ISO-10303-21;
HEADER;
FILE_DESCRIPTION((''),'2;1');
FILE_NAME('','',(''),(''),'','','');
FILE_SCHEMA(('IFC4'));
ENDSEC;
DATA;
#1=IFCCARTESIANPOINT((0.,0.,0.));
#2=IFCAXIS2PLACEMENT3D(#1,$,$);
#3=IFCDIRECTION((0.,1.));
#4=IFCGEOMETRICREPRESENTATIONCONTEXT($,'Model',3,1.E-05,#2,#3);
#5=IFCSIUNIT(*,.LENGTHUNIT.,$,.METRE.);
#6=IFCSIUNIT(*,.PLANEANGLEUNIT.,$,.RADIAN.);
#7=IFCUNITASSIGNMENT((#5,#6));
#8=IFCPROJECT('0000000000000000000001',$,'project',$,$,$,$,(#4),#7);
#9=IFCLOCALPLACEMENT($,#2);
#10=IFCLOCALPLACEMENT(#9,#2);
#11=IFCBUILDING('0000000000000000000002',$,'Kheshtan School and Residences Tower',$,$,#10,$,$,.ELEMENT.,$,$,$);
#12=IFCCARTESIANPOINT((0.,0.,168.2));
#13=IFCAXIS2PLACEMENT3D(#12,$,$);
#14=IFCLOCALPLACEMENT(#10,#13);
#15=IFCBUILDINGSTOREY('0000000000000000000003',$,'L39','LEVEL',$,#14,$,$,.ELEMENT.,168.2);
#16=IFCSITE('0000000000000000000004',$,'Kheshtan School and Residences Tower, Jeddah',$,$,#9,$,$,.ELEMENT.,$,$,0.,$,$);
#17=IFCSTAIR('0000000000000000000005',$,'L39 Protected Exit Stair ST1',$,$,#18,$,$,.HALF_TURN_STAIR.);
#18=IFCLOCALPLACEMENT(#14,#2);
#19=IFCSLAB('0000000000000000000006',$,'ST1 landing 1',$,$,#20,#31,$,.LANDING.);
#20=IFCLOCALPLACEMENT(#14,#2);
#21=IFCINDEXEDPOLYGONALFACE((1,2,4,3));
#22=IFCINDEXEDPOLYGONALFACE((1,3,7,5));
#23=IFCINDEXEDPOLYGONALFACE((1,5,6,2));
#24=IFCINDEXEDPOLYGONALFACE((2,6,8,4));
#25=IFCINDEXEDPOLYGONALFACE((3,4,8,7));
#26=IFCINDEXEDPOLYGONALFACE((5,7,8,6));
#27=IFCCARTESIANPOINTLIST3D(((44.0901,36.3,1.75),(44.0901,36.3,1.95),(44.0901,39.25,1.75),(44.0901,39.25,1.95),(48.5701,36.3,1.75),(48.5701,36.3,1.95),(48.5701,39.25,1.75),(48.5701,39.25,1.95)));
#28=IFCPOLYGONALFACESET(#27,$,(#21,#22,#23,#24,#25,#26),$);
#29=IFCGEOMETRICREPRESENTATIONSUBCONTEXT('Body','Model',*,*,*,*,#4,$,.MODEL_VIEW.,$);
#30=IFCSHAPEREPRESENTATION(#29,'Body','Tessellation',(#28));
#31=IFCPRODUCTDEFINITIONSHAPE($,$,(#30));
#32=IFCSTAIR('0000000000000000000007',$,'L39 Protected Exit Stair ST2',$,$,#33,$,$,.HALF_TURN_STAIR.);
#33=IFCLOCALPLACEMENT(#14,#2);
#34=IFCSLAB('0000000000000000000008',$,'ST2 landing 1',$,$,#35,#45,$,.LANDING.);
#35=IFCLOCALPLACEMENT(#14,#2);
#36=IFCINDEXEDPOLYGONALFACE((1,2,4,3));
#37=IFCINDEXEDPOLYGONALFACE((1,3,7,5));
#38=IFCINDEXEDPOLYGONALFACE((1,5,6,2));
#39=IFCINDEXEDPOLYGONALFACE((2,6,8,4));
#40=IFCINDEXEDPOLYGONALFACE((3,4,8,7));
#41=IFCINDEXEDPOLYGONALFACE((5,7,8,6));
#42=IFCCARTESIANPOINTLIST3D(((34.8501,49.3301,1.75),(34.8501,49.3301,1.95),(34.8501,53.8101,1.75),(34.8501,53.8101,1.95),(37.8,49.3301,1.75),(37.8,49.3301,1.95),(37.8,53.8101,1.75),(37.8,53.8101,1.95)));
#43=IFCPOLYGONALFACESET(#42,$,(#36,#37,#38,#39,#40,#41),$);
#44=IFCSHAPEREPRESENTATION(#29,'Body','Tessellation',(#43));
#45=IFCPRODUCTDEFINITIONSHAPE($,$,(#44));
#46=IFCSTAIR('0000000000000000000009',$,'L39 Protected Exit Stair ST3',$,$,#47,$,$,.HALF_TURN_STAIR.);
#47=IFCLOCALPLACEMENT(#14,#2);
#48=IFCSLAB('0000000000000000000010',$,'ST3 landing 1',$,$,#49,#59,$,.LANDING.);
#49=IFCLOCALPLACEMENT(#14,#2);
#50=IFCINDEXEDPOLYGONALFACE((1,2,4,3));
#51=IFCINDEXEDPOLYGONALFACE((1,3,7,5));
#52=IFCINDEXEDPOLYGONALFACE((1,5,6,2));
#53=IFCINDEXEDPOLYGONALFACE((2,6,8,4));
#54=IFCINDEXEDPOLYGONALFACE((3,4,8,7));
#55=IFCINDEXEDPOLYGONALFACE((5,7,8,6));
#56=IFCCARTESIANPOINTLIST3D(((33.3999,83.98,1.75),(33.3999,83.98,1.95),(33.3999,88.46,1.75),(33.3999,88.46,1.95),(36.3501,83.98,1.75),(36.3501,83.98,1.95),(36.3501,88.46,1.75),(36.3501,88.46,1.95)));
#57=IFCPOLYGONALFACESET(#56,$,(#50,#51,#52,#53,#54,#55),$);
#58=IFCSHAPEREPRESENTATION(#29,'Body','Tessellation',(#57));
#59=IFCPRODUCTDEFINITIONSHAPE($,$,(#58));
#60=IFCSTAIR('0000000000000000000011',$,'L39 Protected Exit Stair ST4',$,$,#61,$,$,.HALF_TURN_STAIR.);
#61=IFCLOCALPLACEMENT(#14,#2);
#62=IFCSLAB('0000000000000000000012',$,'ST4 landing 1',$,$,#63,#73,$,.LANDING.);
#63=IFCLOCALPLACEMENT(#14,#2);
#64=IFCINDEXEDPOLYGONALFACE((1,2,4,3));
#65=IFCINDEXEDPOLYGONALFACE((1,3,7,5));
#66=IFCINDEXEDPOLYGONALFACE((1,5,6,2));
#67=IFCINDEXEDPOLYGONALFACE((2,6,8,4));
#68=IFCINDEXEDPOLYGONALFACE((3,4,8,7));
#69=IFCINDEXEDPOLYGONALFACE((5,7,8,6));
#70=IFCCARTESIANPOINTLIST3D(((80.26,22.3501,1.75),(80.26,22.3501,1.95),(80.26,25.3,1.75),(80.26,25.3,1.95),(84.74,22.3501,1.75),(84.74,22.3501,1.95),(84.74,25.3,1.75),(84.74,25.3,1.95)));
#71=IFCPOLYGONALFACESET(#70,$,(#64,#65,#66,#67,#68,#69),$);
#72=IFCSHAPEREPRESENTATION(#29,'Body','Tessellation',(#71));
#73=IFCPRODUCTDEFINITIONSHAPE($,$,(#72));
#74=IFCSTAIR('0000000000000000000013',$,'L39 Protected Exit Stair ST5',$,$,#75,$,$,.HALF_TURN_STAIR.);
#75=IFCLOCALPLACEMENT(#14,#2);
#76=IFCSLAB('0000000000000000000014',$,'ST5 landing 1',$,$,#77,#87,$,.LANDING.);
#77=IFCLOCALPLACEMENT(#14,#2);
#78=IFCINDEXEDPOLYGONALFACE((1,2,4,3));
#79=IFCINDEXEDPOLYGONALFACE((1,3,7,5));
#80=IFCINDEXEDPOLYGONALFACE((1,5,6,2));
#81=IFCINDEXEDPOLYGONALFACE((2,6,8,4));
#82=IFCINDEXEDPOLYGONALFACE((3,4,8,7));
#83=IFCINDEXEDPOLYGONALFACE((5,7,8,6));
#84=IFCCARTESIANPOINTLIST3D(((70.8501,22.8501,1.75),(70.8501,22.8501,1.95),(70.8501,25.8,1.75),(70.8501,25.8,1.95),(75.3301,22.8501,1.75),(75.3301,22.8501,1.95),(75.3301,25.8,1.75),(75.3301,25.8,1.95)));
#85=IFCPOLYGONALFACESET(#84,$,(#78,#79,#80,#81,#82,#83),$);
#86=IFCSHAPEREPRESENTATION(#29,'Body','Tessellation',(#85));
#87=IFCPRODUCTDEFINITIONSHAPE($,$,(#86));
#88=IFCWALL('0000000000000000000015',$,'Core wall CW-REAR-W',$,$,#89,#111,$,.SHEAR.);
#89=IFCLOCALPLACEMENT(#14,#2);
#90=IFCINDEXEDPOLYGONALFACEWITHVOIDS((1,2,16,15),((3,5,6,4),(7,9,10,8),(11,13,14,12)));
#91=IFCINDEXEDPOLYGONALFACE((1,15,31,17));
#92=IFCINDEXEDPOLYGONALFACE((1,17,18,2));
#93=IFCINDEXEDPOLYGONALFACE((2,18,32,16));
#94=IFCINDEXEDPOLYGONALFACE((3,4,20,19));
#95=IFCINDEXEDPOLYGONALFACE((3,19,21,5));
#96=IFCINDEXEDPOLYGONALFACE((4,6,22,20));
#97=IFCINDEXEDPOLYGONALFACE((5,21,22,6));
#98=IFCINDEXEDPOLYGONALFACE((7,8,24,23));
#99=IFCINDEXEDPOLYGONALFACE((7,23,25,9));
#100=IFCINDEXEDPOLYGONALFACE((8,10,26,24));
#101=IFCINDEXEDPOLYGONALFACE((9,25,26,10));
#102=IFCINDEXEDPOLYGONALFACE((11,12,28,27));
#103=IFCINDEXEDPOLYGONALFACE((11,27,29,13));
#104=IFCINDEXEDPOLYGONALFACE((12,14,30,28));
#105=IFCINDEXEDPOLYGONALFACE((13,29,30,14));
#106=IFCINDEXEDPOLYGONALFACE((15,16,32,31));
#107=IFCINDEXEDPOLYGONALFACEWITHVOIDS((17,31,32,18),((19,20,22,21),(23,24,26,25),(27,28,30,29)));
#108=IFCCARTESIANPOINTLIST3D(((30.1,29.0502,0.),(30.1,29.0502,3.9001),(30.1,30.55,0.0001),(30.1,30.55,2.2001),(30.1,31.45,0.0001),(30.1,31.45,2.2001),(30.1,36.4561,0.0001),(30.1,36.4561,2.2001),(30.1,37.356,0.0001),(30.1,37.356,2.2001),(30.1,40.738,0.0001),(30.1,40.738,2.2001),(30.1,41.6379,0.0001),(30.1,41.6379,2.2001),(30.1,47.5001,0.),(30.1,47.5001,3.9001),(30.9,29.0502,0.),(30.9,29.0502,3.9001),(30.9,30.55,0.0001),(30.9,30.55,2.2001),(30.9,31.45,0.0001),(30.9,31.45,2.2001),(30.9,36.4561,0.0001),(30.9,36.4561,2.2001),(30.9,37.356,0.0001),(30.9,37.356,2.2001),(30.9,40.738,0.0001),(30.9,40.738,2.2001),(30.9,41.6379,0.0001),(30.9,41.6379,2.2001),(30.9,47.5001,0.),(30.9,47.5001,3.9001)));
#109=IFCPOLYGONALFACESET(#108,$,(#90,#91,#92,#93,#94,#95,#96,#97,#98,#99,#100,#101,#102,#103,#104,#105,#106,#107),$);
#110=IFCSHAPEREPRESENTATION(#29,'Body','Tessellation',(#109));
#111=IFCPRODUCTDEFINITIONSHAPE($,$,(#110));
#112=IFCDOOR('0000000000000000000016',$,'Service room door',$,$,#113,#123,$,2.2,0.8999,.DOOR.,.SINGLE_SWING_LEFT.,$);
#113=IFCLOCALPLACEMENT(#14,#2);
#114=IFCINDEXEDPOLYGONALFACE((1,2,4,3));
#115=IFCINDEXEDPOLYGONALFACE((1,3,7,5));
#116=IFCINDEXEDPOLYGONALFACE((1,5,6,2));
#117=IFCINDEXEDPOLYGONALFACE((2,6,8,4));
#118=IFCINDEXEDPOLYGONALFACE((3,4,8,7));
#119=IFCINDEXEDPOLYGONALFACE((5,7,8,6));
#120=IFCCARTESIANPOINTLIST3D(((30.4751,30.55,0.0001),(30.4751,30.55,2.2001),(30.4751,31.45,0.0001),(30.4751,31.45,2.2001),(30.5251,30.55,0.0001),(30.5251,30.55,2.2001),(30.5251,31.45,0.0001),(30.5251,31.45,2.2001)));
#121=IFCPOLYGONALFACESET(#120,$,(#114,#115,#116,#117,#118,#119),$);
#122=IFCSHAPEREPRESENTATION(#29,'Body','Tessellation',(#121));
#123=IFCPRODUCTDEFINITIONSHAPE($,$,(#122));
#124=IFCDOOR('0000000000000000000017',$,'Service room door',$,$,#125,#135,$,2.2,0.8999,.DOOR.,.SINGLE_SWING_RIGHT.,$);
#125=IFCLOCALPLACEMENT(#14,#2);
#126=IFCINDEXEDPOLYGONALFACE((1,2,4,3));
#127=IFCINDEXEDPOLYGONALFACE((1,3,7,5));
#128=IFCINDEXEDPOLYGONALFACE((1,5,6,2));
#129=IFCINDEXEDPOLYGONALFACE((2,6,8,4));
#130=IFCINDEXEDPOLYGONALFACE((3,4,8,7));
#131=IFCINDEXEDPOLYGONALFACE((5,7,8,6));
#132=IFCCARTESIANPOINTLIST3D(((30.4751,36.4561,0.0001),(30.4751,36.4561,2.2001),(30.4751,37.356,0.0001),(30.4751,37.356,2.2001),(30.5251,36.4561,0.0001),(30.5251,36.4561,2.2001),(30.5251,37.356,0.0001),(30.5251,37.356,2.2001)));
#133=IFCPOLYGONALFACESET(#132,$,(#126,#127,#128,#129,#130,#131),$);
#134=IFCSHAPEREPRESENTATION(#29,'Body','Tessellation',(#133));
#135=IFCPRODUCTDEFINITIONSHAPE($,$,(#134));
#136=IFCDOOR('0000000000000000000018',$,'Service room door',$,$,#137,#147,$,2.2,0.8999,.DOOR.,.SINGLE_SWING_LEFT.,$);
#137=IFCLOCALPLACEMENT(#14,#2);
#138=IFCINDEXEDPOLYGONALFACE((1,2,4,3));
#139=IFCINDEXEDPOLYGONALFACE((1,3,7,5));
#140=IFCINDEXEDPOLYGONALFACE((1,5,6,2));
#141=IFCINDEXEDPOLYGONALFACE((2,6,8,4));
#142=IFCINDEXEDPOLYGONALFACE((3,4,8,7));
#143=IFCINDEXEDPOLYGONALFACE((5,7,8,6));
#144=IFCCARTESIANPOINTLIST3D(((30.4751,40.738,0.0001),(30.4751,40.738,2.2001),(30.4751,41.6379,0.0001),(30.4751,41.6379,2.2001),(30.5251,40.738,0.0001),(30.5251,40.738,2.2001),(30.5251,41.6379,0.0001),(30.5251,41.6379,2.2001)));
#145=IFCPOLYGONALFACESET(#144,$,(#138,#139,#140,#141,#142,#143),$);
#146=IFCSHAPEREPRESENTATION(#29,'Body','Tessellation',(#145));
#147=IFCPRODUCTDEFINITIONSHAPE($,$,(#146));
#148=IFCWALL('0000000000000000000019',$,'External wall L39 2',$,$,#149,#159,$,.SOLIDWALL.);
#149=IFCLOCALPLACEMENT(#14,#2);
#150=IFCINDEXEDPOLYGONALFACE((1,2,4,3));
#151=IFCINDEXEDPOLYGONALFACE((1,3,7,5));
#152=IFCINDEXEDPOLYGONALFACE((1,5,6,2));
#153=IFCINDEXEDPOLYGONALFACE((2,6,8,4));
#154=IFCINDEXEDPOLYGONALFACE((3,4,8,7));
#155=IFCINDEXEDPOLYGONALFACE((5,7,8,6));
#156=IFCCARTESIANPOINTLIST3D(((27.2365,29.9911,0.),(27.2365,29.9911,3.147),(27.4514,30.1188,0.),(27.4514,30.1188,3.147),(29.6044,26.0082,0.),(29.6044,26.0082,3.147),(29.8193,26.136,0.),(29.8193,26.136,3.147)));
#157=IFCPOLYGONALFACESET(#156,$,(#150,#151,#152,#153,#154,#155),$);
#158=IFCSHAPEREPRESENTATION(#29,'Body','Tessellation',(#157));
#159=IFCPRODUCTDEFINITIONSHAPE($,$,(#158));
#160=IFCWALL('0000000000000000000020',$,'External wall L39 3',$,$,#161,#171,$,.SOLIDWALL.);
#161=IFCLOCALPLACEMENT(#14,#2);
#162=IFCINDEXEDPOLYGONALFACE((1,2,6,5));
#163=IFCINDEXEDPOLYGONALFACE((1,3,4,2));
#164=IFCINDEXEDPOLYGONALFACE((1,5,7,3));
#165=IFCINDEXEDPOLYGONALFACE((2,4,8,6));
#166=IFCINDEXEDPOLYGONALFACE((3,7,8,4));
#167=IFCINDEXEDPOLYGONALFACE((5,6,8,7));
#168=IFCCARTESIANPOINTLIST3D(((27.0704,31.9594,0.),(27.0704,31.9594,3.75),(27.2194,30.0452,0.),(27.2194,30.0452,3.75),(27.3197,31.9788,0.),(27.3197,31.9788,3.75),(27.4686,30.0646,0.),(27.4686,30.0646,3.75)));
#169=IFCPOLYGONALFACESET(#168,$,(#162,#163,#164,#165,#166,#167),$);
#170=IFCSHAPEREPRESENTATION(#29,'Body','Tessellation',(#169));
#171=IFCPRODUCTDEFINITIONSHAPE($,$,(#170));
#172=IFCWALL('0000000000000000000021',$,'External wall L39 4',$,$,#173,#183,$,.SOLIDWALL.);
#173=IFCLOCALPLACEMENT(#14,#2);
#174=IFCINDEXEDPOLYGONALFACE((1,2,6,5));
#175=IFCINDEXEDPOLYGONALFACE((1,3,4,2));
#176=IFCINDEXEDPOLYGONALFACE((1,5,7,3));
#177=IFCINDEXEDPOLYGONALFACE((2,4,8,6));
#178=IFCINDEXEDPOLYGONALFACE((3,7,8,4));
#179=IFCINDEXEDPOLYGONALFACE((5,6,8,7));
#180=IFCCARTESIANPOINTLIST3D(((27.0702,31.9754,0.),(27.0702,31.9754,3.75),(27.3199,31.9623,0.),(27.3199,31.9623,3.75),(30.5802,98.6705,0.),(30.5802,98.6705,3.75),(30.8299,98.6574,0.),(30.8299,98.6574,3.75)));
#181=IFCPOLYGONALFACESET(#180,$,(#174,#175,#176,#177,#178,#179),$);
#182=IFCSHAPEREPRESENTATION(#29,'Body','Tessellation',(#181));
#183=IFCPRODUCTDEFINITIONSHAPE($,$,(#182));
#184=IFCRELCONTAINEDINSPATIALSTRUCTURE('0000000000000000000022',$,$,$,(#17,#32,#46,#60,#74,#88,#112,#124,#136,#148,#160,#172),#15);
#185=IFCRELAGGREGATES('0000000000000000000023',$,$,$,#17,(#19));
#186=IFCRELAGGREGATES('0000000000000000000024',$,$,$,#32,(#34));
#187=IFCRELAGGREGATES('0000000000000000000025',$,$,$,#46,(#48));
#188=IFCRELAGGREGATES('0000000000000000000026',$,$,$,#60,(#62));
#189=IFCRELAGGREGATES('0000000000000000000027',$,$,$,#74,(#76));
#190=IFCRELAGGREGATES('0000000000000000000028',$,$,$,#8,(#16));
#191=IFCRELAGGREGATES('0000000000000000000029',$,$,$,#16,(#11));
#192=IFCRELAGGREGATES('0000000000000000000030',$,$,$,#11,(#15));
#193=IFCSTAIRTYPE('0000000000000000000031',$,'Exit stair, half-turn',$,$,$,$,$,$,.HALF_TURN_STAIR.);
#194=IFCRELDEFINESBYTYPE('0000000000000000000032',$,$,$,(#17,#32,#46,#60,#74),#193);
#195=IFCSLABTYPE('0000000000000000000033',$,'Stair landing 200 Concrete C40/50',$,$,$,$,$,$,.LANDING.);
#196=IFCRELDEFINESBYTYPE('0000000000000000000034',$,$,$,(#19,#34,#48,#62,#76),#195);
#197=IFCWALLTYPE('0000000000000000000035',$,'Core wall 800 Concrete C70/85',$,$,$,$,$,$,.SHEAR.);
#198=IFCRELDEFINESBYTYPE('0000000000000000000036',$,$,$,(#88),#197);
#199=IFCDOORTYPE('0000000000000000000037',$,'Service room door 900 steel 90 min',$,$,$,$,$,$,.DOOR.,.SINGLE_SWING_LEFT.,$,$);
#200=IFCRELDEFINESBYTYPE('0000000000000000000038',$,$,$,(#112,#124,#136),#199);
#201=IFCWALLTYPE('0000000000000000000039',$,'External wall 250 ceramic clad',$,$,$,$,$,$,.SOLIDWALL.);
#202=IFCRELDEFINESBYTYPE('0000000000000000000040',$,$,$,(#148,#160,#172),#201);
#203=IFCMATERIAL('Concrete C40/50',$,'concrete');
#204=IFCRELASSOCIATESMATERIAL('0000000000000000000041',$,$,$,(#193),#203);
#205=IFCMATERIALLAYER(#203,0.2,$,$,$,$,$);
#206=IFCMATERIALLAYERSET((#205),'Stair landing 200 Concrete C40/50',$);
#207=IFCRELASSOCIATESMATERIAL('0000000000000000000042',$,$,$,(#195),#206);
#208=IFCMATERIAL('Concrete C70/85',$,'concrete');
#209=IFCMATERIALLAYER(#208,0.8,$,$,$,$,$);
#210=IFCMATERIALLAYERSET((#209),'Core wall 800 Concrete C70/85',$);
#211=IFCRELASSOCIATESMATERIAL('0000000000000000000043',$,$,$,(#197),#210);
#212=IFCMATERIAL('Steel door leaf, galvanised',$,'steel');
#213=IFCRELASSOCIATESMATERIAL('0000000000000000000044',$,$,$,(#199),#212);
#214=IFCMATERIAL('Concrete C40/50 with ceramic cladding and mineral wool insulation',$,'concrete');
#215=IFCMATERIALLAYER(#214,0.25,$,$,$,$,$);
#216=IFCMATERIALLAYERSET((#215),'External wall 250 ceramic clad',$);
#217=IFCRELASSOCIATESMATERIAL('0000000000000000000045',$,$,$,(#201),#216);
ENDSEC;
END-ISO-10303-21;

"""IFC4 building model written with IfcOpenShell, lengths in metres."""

from ifc_helpers import new_model, si_unit, direction, frame, frame_2d, origin, place, context, subcontext, project, spatial, polyline, rectangle, outline, extrude, source, transform, mapped, material, layer, layer_set, type_object, element, fill, aggregate, save


model = new_model("IFC4")

# Units and contexts
model_context = context("Model", 3, precision=1e-05, world=origin(), true_north=direction((0.0, 1.0)))
body_context = subcontext(model_context, "Body", "Model", "MODEL_VIEW")
ifc_project = project(units=[si_unit("LENGTHUNIT", "METRE"), si_unit("PLANEANGLEUNIT", "RADIAN")], contexts=[model_context])

# Site, building, storey
site_placement = place(None, origin())
site = spatial("IfcSite", under=ifc_project, at=site_placement, Name="Kheshtan School and Residences Tower, Jeddah", CompositionType="ELEMENT", RefElevation=0.0)
building_placement = place(site_placement, origin())
building = spatial("IfcBuilding", under=site, at=building_placement, Name="Kheshtan School and Residences Tower", CompositionType="ELEMENT")
storey_placement = place(building_placement, frame((0.0, 0.0, 168.2)))
storey = spatial("IfcBuildingStorey", under=building, at=storey_placement, Name="L39", Description="LEVEL", CompositionType="ELEMENT", Elevation=168.2)

# Shared definitions
ifc_material_1 = material(Name="Concrete C40/50", Category="concrete")

# Stairs, slabs
stair_type = type_object("IfcStairType", Name="Exit stair, half-turn", PredefinedType="HALF_TURN_STAIR", material=ifc_material_1)
stair_1_placement = place(storey_placement, origin())
stair_1 = element("IfcStair", 1, at=stair_1_placement, inside=storey, type_object=stair_type, Name="L39 Protected Exit Stair ST1", PredefinedType="HALF_TURN_STAIR")
ifc_layer_1 = layer(ifc_material_1, 0.2)
ifc_layer_set_1 = layer_set([ifc_layer_1], Name="Stair landing 200 Concrete C40/50")
slab_type_1 = type_object("IfcSlabType", Name="Stair landing 200 Concrete C40/50", PredefinedType="LANDING", material=ifc_layer_set_1)
slab_1_placement = place(storey_placement, frame((0.0, 0.0, 1.75)))
slab_1 = element("IfcSlab", 2, at=slab_1_placement, type_object=slab_type_1, Name="ST1 landing 1", PredefinedType="LANDING", context=body_context, shape_type="SweptSolid", body=[
    extrude(outline(polyline([(48.5701, 39.25), (44.0901, 39.25), (44.0901, 36.3), (48.5701, 36.3), (48.5701, 39.25)])), origin(), (0.0, 0.0, 1.0), 0.2),
])
aggregate(stair_1, [slab_1])
stair_2_placement = place(storey_placement, origin())
stair_2 = element("IfcStair", 3, at=stair_2_placement, inside=storey, type_object=stair_type, Name="L39 Protected Exit Stair ST2", PredefinedType="HALF_TURN_STAIR")
slab_2_placement = place(storey_placement, frame((0.0, 0.0, 1.75)))
slab_2 = element("IfcSlab", 4, at=slab_2_placement, type_object=slab_type_1, Name="ST2 landing 1", PredefinedType="LANDING", context=body_context, shape_type="SweptSolid", body=[
    extrude(outline(polyline([(37.8, 49.3301), (37.8, 53.8101), (34.8501, 53.8101), (34.8501, 49.3301), (37.8, 49.3301)])), origin(), (0.0, 0.0, 1.0), 0.2),
])
aggregate(stair_2, [slab_2])
stair_3_placement = place(storey_placement, origin())
stair_3 = element("IfcStair", 5, at=stair_3_placement, inside=storey, type_object=stair_type, Name="L39 Protected Exit Stair ST3", PredefinedType="HALF_TURN_STAIR")
slab_3_placement = place(storey_placement, frame((0.0, 0.0, 1.75)))
slab_3 = element("IfcSlab", 6, at=slab_3_placement, type_object=slab_type_1, Name="ST3 landing 1", PredefinedType="LANDING", context=body_context, shape_type="SweptSolid", body=[
    extrude(outline(polyline([(36.3501, 83.98), (36.3501, 88.46), (33.3999, 88.46), (33.3999, 83.98), (36.3501, 83.98)])), origin(), (0.0, 0.0, 1.0), 0.2),
])
aggregate(stair_3, [slab_3])
stair_4_placement = place(storey_placement, origin())
stair_4 = element("IfcStair", 7, at=stair_4_placement, inside=storey, type_object=stair_type, Name="L39 Protected Exit Stair ST4", PredefinedType="HALF_TURN_STAIR")
slab_4_placement = place(storey_placement, frame((0.0, 0.0, 1.75)))
slab_4 = element("IfcSlab", 8, at=slab_4_placement, type_object=slab_type_1, Name="ST4 landing 1", PredefinedType="LANDING", context=body_context, shape_type="SweptSolid", body=[
    extrude(outline(polyline([(84.74, 25.3), (80.26, 25.3), (80.26, 22.3501), (84.74, 22.3501), (84.74, 25.3)])), origin(), (0.0, 0.0, 1.0), 0.2),
])
aggregate(stair_4, [slab_4])
stair_5_placement = place(storey_placement, origin())
stair_5 = element("IfcStair", 9, at=stair_5_placement, inside=storey, type_object=stair_type, Name="L39 Protected Exit Stair ST5", PredefinedType="HALF_TURN_STAIR")
slab_5_placement = place(storey_placement, frame((0.0, 0.0, 1.75)))
slab_5 = element("IfcSlab", 10, at=slab_5_placement, type_object=slab_type_1, Name="ST5 landing 1", PredefinedType="LANDING", context=body_context, shape_type="SweptSolid", body=[
    extrude(outline(polyline([(75.3301, 25.8), (70.8501, 25.8), (70.8501, 22.8501), (75.3301, 22.8501), (75.3301, 25.8)])), origin(), (0.0, 0.0, 1.0), 0.2),
])
aggregate(stair_5, [slab_5])

# Wall, openings, doors
ifc_material_2 = material(Name="Concrete C70/85", Category="concrete")
ifc_layer_2 = layer(ifc_material_2, 0.8)
ifc_layer_set_2 = layer_set([ifc_layer_2], Name="Core wall 800 Concrete C70/85")
wall_type_1 = type_object("IfcWallType", Name="Core wall 800 Concrete C70/85", PredefinedType="SHEAR", material=ifc_layer_set_2)
wall_1_placement = place(storey_placement, frame((30.5, 29.05, 0.0), z_axis=(0.0, 0.0, 1.0), x_axis=(0.0, 1.0, 0.0)))
wall_1 = element("IfcWall", 11, at=wall_1_placement, inside=storey, type_object=wall_type_1, Name="Core wall CW-REAR-W", PredefinedType="SHEAR", context=body_context, shape_type="SweptSolid", body=[
    extrude(rectangle(XDim=18.45, YDim=0.8, at=frame_2d((9.2251, 0.0))), origin(), (0.0, 0.0, 1.0), 3.9001),
])
opening_1_placement = place(wall_1_placement, frame((1.5, 0.0, 0.0)))
opening_1 = element("IfcOpeningElement", 12, at=opening_1_placement, cuts=wall_1, PredefinedType="OPENING", context=body_context, shape_type="SweptSolid", body=[
    extrude(rectangle(XDim=0.8999, YDim=2.2, at=frame_2d((0.45, 1.1001))), frame((0.0, 0.4102, 0.0), z_axis=(0.0, -1.0, 0.0), x_axis=(1.0, 0.0, 0.0)), (0.0, 0.0, 1.0), 0.8201),
])
opening_2_placement = place(wall_1_placement, frame((7.406, 0.0, 0.0)))
opening_2 = element("IfcOpeningElement", 13, at=opening_2_placement, cuts=wall_1, PredefinedType="OPENING", context=body_context, shape_type="SweptSolid", body=[
    extrude(rectangle(XDim=0.8999, YDim=2.2, at=frame_2d((0.45, 1.1001))), frame((0.0, 0.4102, 0.0), z_axis=(0.0, -1.0, 0.0), x_axis=(1.0, 0.0, 0.0)), (0.0, 0.0, 1.0), 0.8201),
])
opening_3_placement = place(wall_1_placement, frame((11.688, 0.0, 0.0)))
opening_3 = element("IfcOpeningElement", 14, at=opening_3_placement, cuts=wall_1, PredefinedType="OPENING", context=body_context, shape_type="SweptSolid", body=[
    extrude(rectangle(XDim=0.8999, YDim=2.2, at=frame_2d((0.45, 1.1001))), frame((0.0, 0.4102, 0.0), z_axis=(0.0, -1.0, 0.0), x_axis=(1.0, 0.0, 0.0)), (0.0, 0.0, 1.0), 0.8201),
])
ifc_material_3 = material(Name="Steel door leaf, galvanised", Category="steel")
door_type = type_object("IfcDoorType", Name="Service room door 900 steel 90 min", OperationType="SINGLE_SWING_LEFT", PredefinedType="DOOR", material=ifc_material_3)
shared_shape = source(origin(), body_context, "Body", "SweptSolid", [
    extrude(rectangle(XDim=0.8999, YDim=2.2, at=frame_2d((0.45, 1.1001))), frame((0.0, 0.0249, 0.0), z_axis=(0.0, -1.0, 0.0), x_axis=(1.0, 0.0, 0.0)), (0.0, 0.0, 1.0), 0.05),
])
door_1_placement = place(opening_1_placement, origin())
door_1 = element("IfcDoor", 15, at=door_1_placement, inside=storey, type_object=door_type, Name="Service room door", OperationType="SINGLE_SWING_LEFT", OverallHeight=2.2, OverallWidth=0.8999, PredefinedType="DOOR", context=body_context, shape_type="MappedRepresentation", body=[
    mapped(shared_shape, transform((0.0, 0.0, 0.0), x_axis=(1.0, 0.0, 0.0), y_axis=(0.0, 1.0, 0.0), z_axis=(0.0, 0.0, 1.0), scale=1.0)),
])
fill(opening_1, door_1)
door_2_placement = place(opening_2_placement, origin())
door_2 = element("IfcDoor", 16, at=door_2_placement, inside=storey, type_object=door_type, Name="Service room door", OperationType="SINGLE_SWING_RIGHT", OverallHeight=2.2, OverallWidth=0.8999, PredefinedType="DOOR", context=body_context, shape_type="MappedRepresentation", body=[
    mapped(shared_shape, transform((0.0, 0.0, 0.0), x_axis=(1.0, 0.0, 0.0), y_axis=(0.0, 1.0, 0.0), z_axis=(0.0, 0.0, 1.0), scale=1.0)),
])
fill(opening_2, door_2)
door_3_placement = place(opening_3_placement, origin())
door_3 = element("IfcDoor", 17, at=door_3_placement, inside=storey, type_object=door_type, Name="Service room door", OperationType="SINGLE_SWING_LEFT", OverallHeight=2.2, OverallWidth=0.8999, PredefinedType="DOOR", context=body_context, shape_type="MappedRepresentation", body=[
    mapped(shared_shape, transform((0.0, 0.0, 0.0), x_axis=(1.0, 0.0, 0.0), y_axis=(0.0, 1.0, 0.0), z_axis=(0.0, 0.0, 1.0), scale=1.0)),
])
fill(opening_3, door_3)

# Walls
ifc_material_4 = material(Name="Concrete C40/50 with ceramic cladding and mineral wool insulation", Category="concrete")
ifc_layer_3 = layer(ifc_material_4, 0.25)
ifc_layer_set_3 = layer_set([ifc_layer_3], Name="External wall 250 ceramic clad")
wall_type_2 = type_object("IfcWallType", Name="External wall 250 ceramic clad", PredefinedType="SOLIDWALL", material=ifc_layer_set_3)
wall_2_placement = place(storey_placement, frame((29.7119, 26.072, 0.0), z_axis=(0.0, 0.0, 1.0), x_axis=(-0.511028, 0.859564, 0.0)))
element("IfcWall", 18, at=wall_2_placement, inside=storey, type_object=wall_type_2, Name="External wall L39 2", PredefinedType="SOLIDWALL", context=body_context, shape_type="SweptSolid", body=[
    extrude(rectangle(XDim=4.6335, YDim=0.25, at=frame_2d((2.3169, 0.0))), origin(), (0.0, 0.0, 1.0), 3.147),
])
wall_3_placement = place(storey_placement, frame((27.344, 30.0549, 0.0), z_axis=(0.0, 0.0, 1.0), x_axis=(-0.077572, 0.996987, 0.0)))
element("IfcWall", 19, at=wall_3_placement, inside=storey, type_object=wall_type_2, Name="External wall L39 3", PredefinedType="SOLIDWALL", context=body_context, shape_type="SweptSolid", body=[
    extrude(rectangle(XDim=1.9199, YDim=0.25, at=frame_2d((0.96, 0.0))), origin(), (0.0, 0.0, 1.0), 3.75),
])
wall_4_placement = place(storey_placement, frame((27.1951, 31.969, 0.0), z_axis=(0.0, 0.0, 1.0), x_axis=(0.052555, 0.998618, 0.0)))
element("IfcWall", 20, at=wall_4_placement, inside=storey, type_object=wall_type_2, Name="External wall L39 4", PredefinedType="SOLIDWALL", context=body_context, shape_type="SweptSolid", body=[
    extrude(rectangle(XDim=66.7874, YDim=0.25, at=frame_2d((33.3936, 0.0))), origin(), (0.0, 0.0, 1.0), 3.75),
])

save(model, "model.ifc")
